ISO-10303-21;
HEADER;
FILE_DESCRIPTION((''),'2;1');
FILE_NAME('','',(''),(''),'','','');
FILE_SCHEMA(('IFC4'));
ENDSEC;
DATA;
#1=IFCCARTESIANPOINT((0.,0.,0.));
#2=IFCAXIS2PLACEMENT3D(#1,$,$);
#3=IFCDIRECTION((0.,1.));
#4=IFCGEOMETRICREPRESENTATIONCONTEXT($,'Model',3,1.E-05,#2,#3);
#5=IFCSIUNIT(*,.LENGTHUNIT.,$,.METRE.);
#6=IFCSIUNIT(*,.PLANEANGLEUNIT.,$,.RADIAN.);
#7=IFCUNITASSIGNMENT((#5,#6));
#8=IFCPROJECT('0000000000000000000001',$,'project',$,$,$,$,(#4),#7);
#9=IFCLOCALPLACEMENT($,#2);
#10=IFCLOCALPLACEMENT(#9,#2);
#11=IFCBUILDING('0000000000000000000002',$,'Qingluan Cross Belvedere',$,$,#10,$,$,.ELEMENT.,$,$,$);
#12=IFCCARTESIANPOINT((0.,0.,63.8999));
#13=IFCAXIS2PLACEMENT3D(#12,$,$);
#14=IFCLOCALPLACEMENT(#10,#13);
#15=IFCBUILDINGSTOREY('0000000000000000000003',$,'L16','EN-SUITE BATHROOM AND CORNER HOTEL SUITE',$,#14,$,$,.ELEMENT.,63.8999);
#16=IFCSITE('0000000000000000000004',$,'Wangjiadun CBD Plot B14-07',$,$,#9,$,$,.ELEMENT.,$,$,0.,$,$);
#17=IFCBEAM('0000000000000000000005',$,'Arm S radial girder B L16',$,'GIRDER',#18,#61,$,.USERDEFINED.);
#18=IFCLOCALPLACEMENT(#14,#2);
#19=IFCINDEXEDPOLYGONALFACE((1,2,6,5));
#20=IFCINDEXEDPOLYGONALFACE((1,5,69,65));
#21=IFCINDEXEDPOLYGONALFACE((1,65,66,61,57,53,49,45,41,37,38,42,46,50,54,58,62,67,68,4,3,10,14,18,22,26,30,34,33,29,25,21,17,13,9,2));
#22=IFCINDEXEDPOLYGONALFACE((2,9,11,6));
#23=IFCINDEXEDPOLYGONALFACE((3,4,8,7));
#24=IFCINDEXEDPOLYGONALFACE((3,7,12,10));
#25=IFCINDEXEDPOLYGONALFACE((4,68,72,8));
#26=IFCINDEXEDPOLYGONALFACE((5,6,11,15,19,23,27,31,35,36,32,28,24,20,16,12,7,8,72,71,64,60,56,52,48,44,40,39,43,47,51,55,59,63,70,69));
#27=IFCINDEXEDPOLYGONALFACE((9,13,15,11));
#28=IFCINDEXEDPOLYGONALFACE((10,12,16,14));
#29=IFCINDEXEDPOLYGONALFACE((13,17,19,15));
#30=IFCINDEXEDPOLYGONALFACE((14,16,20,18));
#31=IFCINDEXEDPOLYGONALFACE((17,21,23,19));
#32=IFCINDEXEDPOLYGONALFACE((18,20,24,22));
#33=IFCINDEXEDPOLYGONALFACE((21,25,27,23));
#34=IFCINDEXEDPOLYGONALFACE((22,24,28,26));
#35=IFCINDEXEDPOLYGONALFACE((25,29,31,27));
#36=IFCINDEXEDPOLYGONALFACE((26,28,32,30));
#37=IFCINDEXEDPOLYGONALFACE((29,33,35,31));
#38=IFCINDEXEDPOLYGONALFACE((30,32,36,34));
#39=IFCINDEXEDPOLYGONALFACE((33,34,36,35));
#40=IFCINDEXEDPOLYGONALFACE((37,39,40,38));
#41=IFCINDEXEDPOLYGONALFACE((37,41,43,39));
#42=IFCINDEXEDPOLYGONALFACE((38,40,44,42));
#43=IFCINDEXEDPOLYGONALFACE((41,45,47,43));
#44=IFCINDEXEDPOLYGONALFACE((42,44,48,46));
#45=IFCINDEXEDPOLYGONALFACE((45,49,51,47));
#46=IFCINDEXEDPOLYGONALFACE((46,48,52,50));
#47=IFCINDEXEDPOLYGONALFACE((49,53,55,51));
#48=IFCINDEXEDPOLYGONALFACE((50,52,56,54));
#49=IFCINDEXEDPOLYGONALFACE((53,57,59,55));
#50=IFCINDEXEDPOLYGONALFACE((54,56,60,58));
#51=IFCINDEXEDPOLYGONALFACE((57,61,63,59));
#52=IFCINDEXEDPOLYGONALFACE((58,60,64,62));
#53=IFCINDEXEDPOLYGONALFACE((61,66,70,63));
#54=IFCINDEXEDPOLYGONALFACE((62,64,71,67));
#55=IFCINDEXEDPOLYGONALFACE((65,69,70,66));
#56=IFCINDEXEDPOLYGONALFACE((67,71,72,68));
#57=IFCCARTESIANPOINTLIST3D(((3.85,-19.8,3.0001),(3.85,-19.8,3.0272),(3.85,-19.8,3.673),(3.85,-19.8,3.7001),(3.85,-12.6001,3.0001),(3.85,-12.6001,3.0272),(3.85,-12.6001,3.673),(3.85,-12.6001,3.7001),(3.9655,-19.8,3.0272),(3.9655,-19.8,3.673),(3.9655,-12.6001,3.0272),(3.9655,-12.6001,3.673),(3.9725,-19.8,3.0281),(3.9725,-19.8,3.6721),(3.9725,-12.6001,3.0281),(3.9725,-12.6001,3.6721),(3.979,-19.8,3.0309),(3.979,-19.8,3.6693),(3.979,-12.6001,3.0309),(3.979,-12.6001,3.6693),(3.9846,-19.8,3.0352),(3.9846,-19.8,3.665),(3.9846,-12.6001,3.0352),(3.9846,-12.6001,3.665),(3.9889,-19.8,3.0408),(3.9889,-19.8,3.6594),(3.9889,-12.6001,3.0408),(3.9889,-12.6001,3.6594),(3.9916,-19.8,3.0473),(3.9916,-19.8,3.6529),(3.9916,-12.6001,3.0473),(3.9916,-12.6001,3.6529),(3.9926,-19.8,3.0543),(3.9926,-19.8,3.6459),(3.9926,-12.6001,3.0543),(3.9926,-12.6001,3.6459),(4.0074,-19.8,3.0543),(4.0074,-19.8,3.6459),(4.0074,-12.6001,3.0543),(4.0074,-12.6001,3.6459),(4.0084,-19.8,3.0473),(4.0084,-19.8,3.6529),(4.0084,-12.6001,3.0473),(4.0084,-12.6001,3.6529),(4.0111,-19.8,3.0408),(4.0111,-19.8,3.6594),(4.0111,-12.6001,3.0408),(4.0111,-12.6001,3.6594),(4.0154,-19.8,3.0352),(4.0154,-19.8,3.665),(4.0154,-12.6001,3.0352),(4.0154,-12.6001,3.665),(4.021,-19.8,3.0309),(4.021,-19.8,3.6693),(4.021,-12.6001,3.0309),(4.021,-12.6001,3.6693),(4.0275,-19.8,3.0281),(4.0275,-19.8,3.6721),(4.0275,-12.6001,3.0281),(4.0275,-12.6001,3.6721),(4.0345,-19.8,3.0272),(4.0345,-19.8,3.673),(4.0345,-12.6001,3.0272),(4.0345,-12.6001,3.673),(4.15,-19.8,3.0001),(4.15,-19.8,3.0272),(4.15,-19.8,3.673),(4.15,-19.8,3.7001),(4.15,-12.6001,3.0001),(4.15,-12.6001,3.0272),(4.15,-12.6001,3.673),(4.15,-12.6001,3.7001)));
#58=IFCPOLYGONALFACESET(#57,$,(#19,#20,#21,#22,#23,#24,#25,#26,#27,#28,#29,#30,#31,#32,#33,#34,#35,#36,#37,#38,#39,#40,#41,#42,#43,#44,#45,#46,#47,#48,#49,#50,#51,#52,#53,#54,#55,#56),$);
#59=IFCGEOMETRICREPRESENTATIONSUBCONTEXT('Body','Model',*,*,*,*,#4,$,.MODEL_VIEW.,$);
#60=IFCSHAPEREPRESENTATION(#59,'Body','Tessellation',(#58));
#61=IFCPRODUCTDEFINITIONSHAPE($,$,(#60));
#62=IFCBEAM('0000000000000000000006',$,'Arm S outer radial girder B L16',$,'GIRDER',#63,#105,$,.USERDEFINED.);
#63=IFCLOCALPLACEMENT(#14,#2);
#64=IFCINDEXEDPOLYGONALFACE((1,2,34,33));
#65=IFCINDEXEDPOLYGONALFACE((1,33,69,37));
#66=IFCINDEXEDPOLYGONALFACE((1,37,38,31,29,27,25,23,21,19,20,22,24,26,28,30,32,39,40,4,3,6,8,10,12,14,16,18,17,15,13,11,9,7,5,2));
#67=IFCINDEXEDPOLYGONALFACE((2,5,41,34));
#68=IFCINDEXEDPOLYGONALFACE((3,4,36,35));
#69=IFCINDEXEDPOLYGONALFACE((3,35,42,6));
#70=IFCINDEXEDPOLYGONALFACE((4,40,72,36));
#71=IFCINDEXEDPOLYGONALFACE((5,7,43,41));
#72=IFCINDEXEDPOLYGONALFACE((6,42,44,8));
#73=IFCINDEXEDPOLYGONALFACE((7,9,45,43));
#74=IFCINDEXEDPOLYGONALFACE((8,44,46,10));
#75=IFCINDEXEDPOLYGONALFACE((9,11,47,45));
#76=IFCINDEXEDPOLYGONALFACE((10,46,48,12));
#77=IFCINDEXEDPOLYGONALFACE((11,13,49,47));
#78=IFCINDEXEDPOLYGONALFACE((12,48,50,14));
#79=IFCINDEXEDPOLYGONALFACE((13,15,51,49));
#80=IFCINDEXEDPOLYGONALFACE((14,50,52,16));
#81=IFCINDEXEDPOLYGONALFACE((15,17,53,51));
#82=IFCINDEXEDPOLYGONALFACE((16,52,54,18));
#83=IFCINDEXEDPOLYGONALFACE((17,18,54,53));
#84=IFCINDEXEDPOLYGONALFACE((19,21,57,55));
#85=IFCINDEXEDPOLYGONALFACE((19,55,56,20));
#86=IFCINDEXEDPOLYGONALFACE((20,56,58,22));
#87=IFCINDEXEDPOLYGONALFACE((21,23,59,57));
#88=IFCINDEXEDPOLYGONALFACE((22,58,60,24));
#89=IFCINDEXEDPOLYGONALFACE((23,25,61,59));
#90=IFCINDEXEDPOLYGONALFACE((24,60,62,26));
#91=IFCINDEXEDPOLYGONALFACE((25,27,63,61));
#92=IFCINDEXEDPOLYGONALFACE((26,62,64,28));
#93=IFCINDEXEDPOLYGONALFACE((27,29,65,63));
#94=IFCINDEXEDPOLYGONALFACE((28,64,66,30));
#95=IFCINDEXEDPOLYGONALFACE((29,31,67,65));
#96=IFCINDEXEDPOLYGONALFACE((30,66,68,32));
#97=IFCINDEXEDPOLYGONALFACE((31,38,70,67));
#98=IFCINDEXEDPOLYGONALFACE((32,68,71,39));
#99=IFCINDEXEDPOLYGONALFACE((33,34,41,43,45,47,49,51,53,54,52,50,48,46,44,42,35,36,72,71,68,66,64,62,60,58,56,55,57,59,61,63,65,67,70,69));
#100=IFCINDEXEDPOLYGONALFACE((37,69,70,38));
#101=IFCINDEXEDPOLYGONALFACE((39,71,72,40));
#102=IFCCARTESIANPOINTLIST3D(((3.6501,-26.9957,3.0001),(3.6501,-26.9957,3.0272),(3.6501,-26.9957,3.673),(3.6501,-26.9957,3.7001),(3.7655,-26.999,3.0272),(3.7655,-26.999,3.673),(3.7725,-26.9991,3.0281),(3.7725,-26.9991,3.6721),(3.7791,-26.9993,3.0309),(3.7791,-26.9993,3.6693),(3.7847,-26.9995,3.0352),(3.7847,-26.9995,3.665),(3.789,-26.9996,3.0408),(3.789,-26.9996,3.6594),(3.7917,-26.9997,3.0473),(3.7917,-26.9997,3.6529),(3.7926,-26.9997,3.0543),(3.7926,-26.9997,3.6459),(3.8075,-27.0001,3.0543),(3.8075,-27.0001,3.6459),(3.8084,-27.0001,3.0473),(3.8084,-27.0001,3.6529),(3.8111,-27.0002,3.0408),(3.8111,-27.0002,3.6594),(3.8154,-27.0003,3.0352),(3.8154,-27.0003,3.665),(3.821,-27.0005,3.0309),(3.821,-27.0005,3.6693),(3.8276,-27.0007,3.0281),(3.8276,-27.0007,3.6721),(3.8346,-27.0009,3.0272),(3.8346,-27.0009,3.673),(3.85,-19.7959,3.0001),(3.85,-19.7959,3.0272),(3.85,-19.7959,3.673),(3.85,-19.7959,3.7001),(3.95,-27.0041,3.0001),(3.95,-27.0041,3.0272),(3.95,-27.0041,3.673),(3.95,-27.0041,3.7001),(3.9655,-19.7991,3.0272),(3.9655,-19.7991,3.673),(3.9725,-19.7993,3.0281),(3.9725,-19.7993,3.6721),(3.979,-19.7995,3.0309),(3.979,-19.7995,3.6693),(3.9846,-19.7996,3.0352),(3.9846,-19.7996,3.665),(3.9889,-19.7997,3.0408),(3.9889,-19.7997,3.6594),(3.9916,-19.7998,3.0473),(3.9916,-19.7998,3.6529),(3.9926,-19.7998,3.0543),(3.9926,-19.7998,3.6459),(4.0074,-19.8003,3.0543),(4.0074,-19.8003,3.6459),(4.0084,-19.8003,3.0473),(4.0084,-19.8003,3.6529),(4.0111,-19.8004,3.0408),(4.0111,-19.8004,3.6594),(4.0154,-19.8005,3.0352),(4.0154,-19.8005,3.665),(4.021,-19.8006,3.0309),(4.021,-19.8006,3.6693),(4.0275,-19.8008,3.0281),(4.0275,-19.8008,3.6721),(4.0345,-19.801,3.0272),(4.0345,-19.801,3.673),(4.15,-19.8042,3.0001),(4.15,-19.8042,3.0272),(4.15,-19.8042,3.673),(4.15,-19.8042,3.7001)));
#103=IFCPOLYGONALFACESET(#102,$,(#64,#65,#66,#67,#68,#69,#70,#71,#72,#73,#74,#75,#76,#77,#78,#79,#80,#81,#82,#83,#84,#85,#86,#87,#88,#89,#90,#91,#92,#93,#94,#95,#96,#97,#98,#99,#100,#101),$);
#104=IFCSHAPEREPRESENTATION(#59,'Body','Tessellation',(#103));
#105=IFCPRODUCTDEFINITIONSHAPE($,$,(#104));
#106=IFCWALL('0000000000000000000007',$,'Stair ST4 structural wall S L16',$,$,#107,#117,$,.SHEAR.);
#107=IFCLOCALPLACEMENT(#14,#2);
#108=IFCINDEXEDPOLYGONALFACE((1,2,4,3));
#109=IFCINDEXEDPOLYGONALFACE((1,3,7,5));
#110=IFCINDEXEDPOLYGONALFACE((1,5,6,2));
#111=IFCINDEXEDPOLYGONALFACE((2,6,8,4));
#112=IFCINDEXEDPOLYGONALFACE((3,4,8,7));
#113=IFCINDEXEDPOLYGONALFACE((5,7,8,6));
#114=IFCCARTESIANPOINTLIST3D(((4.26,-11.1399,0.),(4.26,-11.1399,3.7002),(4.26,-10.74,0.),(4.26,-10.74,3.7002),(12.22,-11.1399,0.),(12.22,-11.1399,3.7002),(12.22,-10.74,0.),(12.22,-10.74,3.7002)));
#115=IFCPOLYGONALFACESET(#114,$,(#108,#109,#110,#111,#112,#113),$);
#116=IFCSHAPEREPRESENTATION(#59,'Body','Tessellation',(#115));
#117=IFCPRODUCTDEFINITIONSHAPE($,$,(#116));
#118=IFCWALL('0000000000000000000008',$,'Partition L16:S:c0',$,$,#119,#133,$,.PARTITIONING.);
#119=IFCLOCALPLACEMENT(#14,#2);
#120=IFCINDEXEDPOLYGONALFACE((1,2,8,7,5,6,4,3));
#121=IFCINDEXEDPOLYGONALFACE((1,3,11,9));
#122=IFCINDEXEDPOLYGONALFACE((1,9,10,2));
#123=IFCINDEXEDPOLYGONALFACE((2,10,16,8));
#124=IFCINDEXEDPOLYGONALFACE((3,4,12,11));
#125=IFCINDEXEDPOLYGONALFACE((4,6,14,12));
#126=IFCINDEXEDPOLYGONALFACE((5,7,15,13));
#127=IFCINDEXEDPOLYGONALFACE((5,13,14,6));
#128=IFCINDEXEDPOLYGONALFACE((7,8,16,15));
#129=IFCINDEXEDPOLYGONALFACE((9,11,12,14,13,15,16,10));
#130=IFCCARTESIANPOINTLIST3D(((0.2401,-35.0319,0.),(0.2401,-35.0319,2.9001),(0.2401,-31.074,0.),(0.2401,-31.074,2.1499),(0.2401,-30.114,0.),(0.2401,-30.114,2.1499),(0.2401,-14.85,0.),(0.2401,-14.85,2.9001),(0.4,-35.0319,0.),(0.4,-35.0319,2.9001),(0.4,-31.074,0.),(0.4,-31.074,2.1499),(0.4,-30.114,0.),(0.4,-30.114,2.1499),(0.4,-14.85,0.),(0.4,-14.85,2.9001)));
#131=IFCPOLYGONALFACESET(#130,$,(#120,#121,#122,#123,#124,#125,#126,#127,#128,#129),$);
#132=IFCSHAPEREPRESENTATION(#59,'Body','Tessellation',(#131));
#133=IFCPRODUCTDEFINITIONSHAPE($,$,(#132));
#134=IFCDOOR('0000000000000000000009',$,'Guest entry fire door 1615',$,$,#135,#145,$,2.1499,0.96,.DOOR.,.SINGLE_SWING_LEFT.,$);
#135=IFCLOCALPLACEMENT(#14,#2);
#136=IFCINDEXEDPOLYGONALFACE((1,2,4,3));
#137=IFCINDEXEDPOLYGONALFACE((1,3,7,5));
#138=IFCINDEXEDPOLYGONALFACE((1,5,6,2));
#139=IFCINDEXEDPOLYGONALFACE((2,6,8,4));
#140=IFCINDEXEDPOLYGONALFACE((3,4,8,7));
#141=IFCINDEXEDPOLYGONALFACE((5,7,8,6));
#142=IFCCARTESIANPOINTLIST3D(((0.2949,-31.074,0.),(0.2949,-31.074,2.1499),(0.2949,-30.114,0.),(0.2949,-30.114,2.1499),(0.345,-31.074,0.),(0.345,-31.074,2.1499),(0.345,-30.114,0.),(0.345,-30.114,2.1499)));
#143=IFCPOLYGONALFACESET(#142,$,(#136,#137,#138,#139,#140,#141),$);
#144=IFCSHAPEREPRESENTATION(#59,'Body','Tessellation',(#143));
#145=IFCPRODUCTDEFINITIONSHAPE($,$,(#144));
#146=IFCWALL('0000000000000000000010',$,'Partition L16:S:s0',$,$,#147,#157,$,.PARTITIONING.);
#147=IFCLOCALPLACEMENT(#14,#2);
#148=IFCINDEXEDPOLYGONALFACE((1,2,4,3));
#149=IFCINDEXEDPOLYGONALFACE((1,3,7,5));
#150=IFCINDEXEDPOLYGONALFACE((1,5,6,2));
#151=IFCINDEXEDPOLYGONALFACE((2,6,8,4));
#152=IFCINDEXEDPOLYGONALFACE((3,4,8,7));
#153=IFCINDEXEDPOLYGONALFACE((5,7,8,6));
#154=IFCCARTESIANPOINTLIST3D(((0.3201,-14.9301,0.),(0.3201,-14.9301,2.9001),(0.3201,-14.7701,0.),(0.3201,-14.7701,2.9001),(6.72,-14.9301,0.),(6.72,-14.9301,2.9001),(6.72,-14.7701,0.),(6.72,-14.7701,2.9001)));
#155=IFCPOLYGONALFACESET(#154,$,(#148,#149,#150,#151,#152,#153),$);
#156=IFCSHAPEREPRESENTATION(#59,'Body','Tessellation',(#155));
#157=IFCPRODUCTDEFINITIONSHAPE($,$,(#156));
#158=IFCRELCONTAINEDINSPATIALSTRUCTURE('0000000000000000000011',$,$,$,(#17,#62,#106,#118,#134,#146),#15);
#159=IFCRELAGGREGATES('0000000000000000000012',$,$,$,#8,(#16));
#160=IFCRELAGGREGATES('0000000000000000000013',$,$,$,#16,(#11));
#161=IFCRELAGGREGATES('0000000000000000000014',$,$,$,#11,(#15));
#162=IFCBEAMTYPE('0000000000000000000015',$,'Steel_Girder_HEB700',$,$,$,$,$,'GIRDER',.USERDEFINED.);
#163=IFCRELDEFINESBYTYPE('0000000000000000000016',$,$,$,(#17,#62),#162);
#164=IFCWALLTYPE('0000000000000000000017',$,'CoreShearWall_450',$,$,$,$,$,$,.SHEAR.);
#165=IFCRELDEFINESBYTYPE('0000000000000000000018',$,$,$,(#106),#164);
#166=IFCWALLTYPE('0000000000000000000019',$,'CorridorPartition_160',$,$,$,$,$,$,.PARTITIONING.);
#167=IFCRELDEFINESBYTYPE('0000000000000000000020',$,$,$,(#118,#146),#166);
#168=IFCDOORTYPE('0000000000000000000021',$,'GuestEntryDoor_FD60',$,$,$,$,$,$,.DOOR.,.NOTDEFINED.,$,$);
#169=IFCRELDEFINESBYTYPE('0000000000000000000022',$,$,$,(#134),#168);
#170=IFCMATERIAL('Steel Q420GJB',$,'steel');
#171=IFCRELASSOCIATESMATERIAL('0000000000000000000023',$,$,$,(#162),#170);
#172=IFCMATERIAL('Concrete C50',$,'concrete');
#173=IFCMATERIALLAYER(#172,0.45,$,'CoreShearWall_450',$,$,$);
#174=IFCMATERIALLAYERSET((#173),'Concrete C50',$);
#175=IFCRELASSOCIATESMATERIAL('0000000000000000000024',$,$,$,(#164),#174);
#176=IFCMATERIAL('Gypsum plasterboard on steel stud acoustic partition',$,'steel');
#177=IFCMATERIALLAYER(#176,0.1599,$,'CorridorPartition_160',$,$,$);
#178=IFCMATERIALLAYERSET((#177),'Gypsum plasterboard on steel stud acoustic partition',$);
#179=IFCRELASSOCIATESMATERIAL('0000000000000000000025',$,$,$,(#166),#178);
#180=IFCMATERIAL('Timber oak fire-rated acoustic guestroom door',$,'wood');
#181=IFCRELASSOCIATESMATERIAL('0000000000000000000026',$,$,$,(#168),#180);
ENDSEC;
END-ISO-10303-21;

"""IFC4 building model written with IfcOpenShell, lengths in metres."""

from ifc_helpers import new_model, si_unit, direction, frame, frame_2d, origin, origin_2d, place, context, subcontext, project, spatial, rectangle, i_section, extrude, material, layer, layer_set, material_profile, profile_set, type_object, element, fill, save


model = new_model("IFC4")

# Units and contexts
model_context = context("Model", 3, precision=1e-05, world=origin(), true_north=direction((0.0, 1.0)))
body_context = subcontext(model_context, "Body", "Model", "MODEL_VIEW")
ifc_project = project(units=[si_unit("LENGTHUNIT", "METRE"), si_unit("PLANEANGLEUNIT", "RADIAN")], contexts=[model_context])

# Site, building, storey
site_placement = place(None, origin())
site = spatial("IfcSite", under=ifc_project, at=site_placement, Name="Wangjiadun CBD Plot B14-07", CompositionType="ELEMENT", RefElevation=0.0)
building_placement = place(site_placement, origin())
building = spatial("IfcBuilding", under=site, at=building_placement, Name="Qingluan Cross Belvedere", CompositionType="ELEMENT")
storey_placement = place(building_placement, frame((0.0, 0.0, 63.8999)))
storey = spatial("IfcBuildingStorey", under=building, at=storey_placement, Name="L16", Description="EN-SUITE BATHROOM AND CORNER HOTEL SUITE", CompositionType="ELEMENT", Elevation=63.8999)

# Beams
ifc_material_1 = material(Name="Steel Q420GJB", Category="steel")
ifc_material_profile_1 = material_profile(ifc_material_1, i_section(OverallWidth=0.3, OverallDepth=0.7, WebThickness=0.0149, FlangeThickness=0.0271, FilletRadius=0.0271, at=origin_2d()), Name="HEB700")
ifc_profile_set_1 = profile_set([ifc_material_profile_1], Name="Steel Q420GJB")
beam_type_1 = type_object("IfcBeamType", Name="Steel_Girder_HEB700", ElementType="GIRDER", PredefinedType="USERDEFINED", material=ifc_profile_set_1)
beam_1_placement = place(storey_placement, frame((4.0, -12.6001, 3.3501), z_axis=(0.0, -1.0, 0.0), x_axis=(1.0, 0.0, 0.0)))
element("IfcBeam", 1, at=beam_1_placement, inside=storey, type_object=beam_type_1, Name="Arm S radial girder B L16", ObjectType="GIRDER", PredefinedType="USERDEFINED", context=body_context, shape_type="SweptSolid", body=[
    extrude(i_section(OverallWidth=0.3, OverallDepth=0.7, WebThickness=0.0149, FlangeThickness=0.0271, FilletRadius=0.0271, at=origin_2d()), origin(), (0.0, 0.0, 1.0), 7.2),
])
beam_2_placement = place(storey_placement, frame((4.0, -19.8, 3.3501), z_axis=(-0.02776, -0.999615, 0.0), x_axis=(0.999615, -0.02776, 0.0)))
element("IfcBeam", 2, at=beam_2_placement, inside=storey, type_object=beam_type_1, Name="Arm S outer radial girder B L16", ObjectType="GIRDER", PredefinedType="USERDEFINED", context=body_context, shape_type="SweptSolid", body=[
    extrude(i_section(OverallWidth=0.3, OverallDepth=0.7, WebThickness=0.0149, FlangeThickness=0.0271, FilletRadius=0.0271, at=origin_2d()), origin(), (0.0, 0.0, 1.0), 7.2026),
])

# Wall
ifc_material_2 = material(Name="Concrete C50", Category="concrete")
ifc_layer_1 = layer(ifc_material_2, 0.45, Name="CoreShearWall_450")
ifc_layer_set_1 = layer_set([ifc_layer_1], Name="Concrete C50")
wall_type_1 = type_object("IfcWallType", Name="CoreShearWall_450", PredefinedType="SHEAR", material=ifc_layer_set_1)
wall_1_placement = place(storey_placement, frame((4.26, -10.9399, 0.0), z_axis=(0.0, 0.0, 1.0), x_axis=(1.0, 0.0, 0.0)))
element("IfcWall", 3, at=wall_1_placement, inside=storey, type_object=wall_type_1, Name="Stair ST4 structural wall S L16", PredefinedType="SHEAR", context=body_context, shape_type="SweptSolid", body=[
    extrude(rectangle(XDim=7.96, YDim=0.3999, at=frame_2d((3.98, 0.0))), origin(), (0.0, 0.0, 1.0), 3.7002),
])

# Wall, opening, door
ifc_material_3 = material(Name="Gypsum plasterboard on steel stud acoustic partition", Category="steel")
ifc_layer_2 = layer(ifc_material_3, 0.1599, Name="CorridorPartition_160")
ifc_layer_set_2 = layer_set([ifc_layer_2], Name="Gypsum plasterboard on steel stud acoustic partition")
wall_type_2 = type_object("IfcWallType", Name="CorridorPartition_160", PredefinedType="PARTITIONING", material=ifc_layer_set_2)
wall_2_placement = place(storey_placement, frame((0.3201, -14.8501, 0.0), z_axis=(0.0, 0.0, 1.0), x_axis=(0.0, -1.0, 0.0)))
wall_2 = element("IfcWall", 4, at=wall_2_placement, inside=storey, type_object=wall_type_2, Name="Partition L16:S:c0", PredefinedType="PARTITIONING", context=body_context, shape_type="SweptSolid", body=[
    extrude(rectangle(XDim=20.1819, YDim=0.1599, at=frame_2d((10.0908, 0.0))), origin(), (0.0, 0.0, 1.0), 2.9001),
])
opening_1_placement = place(wall_2_placement, frame((15.2639, 0.0, 0.0)))
opening_1 = element("IfcOpeningElement", 5, at=opening_1_placement, cuts=wall_2, PredefinedType="OPENING", context=body_context, shape_type="SweptSolid", body=[
    extrude(rectangle(XDim=0.96, YDim=2.1499, at=frame_2d((0.48, 1.075))), frame((0.0, 0.0898, 0.0), z_axis=(0.0, -1.0, 0.0), x_axis=(1.0, 0.0, 0.0)), (0.0, 0.0, 1.0), 0.1799),
])
ifc_material_4 = material(Name="Timber oak fire-rated acoustic guestroom door", Category="wood")
door_type_1 = type_object("IfcDoorType", Name="GuestEntryDoor_FD60", OperationType="NOTDEFINED", PredefinedType="DOOR", material=ifc_material_4)
door_1_placement = place(opening_1_placement, origin())
door_1 = element("IfcDoor", 6, at=door_1_placement, inside=storey, type_object=door_type_1, Name="Guest entry fire door 1615", OperationType="SINGLE_SWING_LEFT", OverallHeight=2.1499, OverallWidth=0.96, PredefinedType="DOOR", context=body_context, shape_type="SweptSolid", body=[
    extrude(rectangle(XDim=0.96, YDim=2.1499, at=frame_2d((0.48, 1.075))), frame((0.0, 0.0249, 0.0), z_axis=(0.0, -1.0, 0.0), x_axis=(1.0, 0.0, 0.0)), (0.0, 0.0, 1.0), 0.05),
])
fill(opening_1, door_1)

# Wall
wall_3_placement = place(storey_placement, frame((0.3201, -14.8501, 0.0), z_axis=(0.0, 0.0, 1.0), x_axis=(1.0, 0.0, 0.0)))
element("IfcWall", 7, at=wall_3_placement, inside=storey, type_object=wall_type_2, Name="Partition L16:S:s0", PredefinedType="PARTITIONING", context=body_context, shape_type="SweptSolid", body=[
    extrude(rectangle(XDim=6.3999, YDim=0.1599, at=frame_2d((3.2, 0.0))), origin(), (0.0, 0.0, 1.0), 2.9001),
])

save(model, "model.ifc")
